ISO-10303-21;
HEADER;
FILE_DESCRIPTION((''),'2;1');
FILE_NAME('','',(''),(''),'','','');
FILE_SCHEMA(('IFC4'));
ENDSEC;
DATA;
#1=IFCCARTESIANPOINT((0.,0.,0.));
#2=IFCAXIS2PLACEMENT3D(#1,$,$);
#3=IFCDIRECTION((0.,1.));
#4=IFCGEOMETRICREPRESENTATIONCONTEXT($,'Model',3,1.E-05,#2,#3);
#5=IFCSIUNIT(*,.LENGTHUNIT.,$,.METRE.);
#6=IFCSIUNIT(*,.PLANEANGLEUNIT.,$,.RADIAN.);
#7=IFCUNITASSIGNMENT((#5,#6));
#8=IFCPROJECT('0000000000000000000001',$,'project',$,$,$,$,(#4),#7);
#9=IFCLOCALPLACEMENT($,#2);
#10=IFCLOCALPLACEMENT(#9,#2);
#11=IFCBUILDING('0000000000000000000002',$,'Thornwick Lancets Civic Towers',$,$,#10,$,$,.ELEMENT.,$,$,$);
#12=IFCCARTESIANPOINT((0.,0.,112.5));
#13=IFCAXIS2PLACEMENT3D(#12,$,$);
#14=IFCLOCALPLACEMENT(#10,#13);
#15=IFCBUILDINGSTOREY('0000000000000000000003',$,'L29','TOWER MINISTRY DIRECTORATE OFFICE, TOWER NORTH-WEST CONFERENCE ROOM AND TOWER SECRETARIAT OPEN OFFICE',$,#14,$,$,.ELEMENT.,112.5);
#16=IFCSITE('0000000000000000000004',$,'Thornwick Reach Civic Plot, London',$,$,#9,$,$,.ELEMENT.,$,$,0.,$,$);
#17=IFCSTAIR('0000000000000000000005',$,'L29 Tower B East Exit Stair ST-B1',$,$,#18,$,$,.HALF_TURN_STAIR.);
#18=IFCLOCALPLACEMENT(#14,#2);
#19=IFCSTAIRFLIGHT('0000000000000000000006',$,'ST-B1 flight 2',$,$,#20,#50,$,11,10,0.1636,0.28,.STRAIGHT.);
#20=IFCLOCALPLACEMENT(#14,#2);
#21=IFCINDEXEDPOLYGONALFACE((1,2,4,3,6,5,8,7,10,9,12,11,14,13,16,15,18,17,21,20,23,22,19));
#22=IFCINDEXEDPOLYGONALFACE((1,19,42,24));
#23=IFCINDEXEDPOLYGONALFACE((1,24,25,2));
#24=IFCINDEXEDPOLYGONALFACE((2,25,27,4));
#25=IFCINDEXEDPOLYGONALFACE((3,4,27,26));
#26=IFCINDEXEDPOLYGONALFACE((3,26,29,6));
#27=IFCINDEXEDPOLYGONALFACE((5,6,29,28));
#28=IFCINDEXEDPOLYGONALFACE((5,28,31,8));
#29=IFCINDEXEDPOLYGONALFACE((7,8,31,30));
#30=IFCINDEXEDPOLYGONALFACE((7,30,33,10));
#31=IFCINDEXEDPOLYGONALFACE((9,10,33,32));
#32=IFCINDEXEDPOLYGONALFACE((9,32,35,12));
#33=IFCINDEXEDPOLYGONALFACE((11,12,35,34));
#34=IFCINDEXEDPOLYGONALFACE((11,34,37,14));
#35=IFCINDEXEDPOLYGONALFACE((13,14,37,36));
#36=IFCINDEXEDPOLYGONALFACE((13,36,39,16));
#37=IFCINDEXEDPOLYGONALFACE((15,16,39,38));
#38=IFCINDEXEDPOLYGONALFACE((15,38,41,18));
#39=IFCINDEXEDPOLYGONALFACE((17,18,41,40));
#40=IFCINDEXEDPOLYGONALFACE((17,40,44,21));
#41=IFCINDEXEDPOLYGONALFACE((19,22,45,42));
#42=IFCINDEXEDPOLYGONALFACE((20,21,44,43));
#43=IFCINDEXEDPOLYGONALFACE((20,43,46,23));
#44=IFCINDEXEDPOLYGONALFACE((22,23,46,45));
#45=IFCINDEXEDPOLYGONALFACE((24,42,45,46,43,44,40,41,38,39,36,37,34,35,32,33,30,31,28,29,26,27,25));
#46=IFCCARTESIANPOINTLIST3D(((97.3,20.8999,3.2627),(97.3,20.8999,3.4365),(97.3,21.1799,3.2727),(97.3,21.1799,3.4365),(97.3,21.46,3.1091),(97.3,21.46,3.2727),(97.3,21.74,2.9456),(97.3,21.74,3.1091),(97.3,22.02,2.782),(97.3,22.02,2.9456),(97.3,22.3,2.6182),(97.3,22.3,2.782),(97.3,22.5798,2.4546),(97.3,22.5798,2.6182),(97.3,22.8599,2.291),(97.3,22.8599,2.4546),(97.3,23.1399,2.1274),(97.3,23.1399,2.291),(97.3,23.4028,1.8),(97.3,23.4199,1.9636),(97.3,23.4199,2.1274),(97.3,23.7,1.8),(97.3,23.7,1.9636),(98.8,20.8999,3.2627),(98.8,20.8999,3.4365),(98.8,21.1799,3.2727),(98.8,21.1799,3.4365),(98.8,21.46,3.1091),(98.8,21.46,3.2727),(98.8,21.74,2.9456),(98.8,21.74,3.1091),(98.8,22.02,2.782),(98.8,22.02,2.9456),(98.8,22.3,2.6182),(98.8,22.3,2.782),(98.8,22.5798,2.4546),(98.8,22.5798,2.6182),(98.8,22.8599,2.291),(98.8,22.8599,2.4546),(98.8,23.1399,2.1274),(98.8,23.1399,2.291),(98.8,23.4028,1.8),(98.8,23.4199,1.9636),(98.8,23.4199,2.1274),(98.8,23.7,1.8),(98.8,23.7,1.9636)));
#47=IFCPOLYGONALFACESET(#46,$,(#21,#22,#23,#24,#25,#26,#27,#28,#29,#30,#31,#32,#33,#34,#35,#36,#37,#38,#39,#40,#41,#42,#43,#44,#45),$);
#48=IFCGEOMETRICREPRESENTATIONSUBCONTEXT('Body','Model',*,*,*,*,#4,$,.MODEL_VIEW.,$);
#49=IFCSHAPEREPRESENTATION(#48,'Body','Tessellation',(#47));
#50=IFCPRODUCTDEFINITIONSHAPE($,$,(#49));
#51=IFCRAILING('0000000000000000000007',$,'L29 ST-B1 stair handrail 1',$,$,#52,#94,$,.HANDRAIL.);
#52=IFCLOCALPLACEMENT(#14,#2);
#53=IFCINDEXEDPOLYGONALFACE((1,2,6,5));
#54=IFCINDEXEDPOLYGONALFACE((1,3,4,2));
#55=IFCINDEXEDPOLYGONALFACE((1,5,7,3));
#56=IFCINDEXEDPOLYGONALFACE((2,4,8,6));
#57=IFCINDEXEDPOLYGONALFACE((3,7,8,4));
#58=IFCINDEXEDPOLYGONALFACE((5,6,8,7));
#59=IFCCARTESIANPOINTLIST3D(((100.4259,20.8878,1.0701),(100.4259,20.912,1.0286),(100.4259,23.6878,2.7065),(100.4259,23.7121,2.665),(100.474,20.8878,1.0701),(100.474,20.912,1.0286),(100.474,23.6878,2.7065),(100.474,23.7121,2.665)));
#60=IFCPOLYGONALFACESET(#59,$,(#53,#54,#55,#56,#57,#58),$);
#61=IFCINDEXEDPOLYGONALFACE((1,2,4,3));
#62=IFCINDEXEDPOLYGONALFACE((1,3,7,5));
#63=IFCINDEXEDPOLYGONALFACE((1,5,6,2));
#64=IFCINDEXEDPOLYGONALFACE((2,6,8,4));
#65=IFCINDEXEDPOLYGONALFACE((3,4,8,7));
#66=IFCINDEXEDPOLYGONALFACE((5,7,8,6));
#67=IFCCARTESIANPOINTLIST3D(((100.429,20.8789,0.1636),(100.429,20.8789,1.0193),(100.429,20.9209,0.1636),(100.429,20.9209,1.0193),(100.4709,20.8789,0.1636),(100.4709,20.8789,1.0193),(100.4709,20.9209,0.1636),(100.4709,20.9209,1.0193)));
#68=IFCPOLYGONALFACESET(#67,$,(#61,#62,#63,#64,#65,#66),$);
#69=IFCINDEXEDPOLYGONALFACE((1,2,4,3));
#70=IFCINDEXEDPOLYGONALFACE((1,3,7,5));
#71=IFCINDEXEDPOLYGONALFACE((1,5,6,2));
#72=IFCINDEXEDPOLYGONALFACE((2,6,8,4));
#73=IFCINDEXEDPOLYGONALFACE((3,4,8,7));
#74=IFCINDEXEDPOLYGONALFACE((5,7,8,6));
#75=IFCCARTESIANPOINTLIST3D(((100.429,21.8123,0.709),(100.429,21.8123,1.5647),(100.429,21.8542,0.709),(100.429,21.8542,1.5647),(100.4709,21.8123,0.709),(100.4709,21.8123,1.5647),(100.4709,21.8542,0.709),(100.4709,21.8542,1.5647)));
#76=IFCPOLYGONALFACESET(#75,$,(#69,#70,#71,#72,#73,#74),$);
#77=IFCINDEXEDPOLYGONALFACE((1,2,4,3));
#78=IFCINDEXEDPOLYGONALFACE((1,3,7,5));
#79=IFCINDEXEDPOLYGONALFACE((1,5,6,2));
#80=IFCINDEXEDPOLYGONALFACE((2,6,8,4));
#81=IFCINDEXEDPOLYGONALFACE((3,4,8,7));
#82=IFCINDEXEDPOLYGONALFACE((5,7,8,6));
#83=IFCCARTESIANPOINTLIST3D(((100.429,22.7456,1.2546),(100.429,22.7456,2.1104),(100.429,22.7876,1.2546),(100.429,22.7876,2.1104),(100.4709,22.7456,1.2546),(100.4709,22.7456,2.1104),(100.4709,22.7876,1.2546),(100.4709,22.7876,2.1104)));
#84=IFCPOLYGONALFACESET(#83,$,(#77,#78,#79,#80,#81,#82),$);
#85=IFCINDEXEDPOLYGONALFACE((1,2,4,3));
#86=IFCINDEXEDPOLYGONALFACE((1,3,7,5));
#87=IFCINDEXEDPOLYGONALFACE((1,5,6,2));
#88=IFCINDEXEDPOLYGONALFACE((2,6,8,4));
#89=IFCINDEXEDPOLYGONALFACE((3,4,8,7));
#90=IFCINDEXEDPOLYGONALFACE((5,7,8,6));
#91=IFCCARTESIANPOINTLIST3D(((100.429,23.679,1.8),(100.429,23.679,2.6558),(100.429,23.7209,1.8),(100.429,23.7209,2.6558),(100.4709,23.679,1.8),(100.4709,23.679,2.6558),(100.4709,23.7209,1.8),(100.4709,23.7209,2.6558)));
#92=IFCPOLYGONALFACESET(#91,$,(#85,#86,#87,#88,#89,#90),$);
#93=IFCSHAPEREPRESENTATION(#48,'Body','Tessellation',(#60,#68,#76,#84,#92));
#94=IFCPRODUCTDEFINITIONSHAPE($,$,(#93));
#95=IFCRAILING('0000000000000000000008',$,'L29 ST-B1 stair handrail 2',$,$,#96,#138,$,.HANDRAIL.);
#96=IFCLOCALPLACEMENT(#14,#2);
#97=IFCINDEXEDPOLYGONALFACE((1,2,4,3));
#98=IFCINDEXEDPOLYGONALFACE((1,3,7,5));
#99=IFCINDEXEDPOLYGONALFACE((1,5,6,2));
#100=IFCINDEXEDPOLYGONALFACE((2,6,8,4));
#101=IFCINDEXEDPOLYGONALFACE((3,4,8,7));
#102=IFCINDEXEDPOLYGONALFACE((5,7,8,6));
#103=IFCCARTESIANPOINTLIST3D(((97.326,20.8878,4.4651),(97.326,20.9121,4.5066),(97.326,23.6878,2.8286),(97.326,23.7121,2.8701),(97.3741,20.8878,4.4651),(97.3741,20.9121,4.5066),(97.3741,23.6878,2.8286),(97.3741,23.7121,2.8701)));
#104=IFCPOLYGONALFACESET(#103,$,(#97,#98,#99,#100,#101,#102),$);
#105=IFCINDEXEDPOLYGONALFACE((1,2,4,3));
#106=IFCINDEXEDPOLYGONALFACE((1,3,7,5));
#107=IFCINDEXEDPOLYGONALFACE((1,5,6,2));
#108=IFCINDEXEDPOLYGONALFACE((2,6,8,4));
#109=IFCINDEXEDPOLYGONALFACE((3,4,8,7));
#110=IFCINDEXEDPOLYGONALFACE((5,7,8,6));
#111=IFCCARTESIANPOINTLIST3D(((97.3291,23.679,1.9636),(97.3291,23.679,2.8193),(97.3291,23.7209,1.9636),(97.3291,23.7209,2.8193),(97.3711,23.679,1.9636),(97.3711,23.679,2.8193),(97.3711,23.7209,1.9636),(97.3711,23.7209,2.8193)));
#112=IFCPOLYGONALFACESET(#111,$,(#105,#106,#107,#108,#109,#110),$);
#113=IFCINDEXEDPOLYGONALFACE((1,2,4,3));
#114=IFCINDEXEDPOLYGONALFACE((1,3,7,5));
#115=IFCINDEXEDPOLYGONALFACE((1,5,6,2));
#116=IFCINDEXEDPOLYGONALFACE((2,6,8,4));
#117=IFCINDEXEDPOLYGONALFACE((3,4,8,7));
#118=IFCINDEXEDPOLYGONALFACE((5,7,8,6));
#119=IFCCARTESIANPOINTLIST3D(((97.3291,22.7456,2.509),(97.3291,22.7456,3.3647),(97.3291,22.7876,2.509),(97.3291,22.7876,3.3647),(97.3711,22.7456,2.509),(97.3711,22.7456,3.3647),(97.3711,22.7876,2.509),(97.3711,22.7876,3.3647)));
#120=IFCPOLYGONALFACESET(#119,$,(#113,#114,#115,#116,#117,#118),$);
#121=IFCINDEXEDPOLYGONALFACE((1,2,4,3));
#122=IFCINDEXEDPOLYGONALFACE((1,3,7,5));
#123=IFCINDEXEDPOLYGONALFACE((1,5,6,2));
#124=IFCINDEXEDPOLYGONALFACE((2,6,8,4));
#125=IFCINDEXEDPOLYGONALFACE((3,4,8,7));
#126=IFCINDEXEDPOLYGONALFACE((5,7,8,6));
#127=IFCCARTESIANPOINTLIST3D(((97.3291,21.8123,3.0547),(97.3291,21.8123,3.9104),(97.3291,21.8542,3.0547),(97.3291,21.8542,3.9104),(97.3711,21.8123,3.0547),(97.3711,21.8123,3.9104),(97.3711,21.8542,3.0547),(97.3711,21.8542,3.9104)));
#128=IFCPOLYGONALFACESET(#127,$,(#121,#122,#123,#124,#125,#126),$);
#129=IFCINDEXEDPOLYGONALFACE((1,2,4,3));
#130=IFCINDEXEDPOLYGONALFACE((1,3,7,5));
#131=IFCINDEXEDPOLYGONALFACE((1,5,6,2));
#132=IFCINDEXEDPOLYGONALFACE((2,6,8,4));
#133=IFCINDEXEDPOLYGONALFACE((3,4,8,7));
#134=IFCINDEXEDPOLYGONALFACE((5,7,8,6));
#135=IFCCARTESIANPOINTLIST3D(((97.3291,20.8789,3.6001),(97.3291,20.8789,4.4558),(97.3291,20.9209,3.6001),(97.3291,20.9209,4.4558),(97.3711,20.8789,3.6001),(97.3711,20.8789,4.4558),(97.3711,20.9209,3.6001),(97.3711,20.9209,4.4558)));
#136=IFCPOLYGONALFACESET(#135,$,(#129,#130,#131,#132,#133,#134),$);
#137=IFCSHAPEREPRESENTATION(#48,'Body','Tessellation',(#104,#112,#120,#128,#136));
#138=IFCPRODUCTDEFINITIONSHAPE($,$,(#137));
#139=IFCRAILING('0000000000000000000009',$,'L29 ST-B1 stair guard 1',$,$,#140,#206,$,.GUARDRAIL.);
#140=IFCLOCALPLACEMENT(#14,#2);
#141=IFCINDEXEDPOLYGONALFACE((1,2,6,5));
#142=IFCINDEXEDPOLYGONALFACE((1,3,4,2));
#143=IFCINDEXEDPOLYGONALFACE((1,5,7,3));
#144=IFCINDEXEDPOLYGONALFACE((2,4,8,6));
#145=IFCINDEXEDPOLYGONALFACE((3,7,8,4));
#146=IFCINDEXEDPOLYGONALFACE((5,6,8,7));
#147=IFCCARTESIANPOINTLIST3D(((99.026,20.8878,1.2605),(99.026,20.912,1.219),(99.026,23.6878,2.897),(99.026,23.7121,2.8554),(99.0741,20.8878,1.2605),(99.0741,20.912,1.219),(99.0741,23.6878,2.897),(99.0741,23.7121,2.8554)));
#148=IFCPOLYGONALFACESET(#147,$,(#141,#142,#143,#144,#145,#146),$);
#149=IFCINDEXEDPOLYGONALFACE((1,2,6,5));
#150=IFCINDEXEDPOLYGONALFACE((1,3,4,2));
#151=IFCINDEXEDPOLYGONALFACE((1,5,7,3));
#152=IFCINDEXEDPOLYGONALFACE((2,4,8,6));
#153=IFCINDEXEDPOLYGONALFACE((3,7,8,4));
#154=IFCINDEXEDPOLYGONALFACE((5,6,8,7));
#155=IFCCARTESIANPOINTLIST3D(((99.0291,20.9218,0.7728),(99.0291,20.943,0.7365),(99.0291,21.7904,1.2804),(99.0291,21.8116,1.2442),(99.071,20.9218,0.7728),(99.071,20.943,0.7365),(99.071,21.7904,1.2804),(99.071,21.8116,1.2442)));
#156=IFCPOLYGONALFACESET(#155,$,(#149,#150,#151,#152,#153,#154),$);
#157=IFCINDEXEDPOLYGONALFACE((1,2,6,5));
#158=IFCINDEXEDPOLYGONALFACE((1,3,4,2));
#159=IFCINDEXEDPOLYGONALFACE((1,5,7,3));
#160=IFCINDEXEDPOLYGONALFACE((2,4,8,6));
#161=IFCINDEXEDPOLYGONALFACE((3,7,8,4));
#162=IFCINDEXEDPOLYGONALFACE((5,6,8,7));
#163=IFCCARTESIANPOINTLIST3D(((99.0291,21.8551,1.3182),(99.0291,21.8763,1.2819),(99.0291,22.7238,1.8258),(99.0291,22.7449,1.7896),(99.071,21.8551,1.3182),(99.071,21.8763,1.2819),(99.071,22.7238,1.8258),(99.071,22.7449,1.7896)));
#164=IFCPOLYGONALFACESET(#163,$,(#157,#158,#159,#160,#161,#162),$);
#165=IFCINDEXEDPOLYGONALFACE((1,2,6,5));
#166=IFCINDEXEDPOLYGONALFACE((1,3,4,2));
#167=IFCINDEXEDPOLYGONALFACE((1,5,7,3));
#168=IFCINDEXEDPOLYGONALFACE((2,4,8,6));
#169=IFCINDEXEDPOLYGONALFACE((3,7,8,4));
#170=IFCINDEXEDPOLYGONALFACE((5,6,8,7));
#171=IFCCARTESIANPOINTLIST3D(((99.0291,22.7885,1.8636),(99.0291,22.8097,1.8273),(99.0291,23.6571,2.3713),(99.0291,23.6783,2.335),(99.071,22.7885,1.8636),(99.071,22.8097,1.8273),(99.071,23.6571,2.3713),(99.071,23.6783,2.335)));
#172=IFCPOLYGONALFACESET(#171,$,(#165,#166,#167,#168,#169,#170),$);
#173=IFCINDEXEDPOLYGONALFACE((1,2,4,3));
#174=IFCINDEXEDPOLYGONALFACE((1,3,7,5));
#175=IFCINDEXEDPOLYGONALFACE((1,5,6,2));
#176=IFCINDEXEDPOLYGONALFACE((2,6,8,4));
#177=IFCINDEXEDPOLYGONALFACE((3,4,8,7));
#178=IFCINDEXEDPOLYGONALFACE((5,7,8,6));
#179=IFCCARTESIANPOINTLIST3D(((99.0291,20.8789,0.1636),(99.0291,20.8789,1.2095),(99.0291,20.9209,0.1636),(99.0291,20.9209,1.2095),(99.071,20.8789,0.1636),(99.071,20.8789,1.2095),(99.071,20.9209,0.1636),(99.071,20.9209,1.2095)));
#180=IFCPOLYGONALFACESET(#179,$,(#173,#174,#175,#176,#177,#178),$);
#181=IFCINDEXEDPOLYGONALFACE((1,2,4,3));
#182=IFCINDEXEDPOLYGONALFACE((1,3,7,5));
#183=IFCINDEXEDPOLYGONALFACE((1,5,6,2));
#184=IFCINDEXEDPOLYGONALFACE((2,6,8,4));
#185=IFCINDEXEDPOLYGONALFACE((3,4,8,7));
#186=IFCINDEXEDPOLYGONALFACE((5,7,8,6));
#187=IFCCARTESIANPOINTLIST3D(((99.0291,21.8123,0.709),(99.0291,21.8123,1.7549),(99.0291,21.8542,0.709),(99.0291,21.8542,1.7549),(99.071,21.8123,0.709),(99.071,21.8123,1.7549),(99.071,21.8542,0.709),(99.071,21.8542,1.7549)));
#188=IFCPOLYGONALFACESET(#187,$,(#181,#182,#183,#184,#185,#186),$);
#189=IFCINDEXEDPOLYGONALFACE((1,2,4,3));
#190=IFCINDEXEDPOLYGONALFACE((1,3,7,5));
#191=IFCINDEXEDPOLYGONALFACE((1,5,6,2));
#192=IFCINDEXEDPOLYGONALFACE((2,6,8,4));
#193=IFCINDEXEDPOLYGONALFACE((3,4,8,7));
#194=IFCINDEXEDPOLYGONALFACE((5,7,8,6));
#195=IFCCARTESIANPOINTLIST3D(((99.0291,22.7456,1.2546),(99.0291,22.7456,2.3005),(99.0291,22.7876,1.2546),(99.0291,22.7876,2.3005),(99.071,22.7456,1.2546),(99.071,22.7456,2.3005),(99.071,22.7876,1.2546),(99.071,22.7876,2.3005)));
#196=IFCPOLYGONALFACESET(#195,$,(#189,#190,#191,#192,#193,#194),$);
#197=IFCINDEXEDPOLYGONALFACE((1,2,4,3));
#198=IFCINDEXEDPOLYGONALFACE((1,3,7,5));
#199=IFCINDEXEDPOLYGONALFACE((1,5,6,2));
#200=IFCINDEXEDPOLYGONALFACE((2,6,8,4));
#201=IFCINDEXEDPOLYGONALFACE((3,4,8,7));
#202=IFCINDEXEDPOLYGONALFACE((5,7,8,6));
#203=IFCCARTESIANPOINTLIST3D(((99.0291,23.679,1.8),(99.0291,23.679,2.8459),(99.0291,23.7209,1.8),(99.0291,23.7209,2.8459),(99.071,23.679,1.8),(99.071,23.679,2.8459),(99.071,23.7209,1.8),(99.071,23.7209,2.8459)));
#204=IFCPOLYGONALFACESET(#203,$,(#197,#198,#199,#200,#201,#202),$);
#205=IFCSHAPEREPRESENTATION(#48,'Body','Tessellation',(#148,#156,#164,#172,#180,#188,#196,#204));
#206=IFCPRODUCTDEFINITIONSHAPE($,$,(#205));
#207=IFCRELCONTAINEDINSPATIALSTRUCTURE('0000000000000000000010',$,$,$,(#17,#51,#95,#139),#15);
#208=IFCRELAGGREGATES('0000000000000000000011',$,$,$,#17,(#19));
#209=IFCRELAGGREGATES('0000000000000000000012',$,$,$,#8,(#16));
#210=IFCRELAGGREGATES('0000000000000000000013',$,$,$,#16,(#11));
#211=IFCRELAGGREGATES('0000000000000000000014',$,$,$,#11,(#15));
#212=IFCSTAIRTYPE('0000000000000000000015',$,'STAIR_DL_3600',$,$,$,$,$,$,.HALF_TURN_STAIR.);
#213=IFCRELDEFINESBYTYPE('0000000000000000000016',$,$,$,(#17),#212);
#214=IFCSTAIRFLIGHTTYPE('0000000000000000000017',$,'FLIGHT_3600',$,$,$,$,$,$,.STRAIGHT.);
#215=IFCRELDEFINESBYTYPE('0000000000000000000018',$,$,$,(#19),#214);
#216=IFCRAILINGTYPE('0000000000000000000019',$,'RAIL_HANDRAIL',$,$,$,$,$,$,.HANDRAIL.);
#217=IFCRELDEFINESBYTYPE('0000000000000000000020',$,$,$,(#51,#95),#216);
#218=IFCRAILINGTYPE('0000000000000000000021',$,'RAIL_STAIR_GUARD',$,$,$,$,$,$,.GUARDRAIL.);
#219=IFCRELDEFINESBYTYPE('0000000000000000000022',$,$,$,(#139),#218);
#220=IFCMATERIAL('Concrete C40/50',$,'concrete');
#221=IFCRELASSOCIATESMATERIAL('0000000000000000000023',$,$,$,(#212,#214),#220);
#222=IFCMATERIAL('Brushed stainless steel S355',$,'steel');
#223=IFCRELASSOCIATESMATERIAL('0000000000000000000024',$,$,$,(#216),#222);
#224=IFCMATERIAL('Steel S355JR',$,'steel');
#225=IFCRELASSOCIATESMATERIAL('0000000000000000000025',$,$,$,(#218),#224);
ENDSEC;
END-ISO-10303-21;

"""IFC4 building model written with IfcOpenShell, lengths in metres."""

from ifc_helpers import new_model, si_unit, direction, frame, origin, origin_2d, place, context, subcontext, project, spatial, polyline, rectangle, outline, extrude, material, type_object, element, aggregate, save


model = new_model("IFC4")

# Units and contexts
model_context = context("Model", 3, precision=1e-05, world=origin(), true_north=direction((0.0, 1.0)))
body_context = subcontext(model_context, "Body", "Model", "MODEL_VIEW")
ifc_project = project(units=[si_unit("LENGTHUNIT", "METRE"), si_unit("PLANEANGLEUNIT", "RADIAN")], contexts=[model_context])

# Site, building, storey
site_placement = place(None, origin())
site = spatial("IfcSite", under=ifc_project, at=site_placement, Name="Thornwick Reach Civic Plot, London", CompositionType="ELEMENT", RefElevation=0.0)
building_placement = place(site_placement, origin())
building = spatial("IfcBuilding", under=site, at=building_placement, Name="Thornwick Lancets Civic Towers", CompositionType="ELEMENT")
storey_placement = place(building_placement, frame((0.0, 0.0, 112.5)))
storey = spatial("IfcBuildingStorey", under=building, at=storey_placement, Name="L29", Description="TOWER MINISTRY DIRECTORATE OFFICE, TOWER NORTH-WEST CONFERENCE ROOM AND TOWER SECRETARIAT OPEN OFFICE", CompositionType="ELEMENT", Elevation=112.5)

# Shared definitions
ifc_material_1 = material(Name="Concrete C40/50", Category="concrete")

# Stair, stair flight
stair_type = type_object("IfcStairType", Name="STAIR_DL_3600", PredefinedType="HALF_TURN_STAIR", material=ifc_material_1)
stair_placement = place(storey_placement, origin())
stair = element("IfcStair", 1, at=stair_placement, inside=storey, type_object=stair_type, Name="L29 Tower B East Exit Stair ST-B1", PredefinedType="HALF_TURN_STAIR")
stair_flight_type = type_object("IfcStairFlightType", Name="FLIGHT_3600", PredefinedType="STRAIGHT", material=ifc_material_1)
stair_flight_1_placement = place(storey_placement, frame((98.05, 23.7, 1.8), z_axis=(0.0, 0.0, 1.0), x_axis=(0.0, -1.0, 0.0)))
stair_flight_1 = element("IfcStairFlight", 2, at=stair_flight_1_placement, type_object=stair_flight_type, Name="ST-B1 flight 2", NumberOfRisers=11, NumberOfTreads=10, PredefinedType="STRAIGHT", RiserHeight=0.1636, TreadLength=0.28, context=body_context, shape_type="SweptSolid", body=[
    extrude(outline(polyline([(0.0, 0.0), (0.0, 0.1636), (0.28, 0.1636), (0.28, 0.3274), (0.5601, 0.3274), (0.5601, 0.491), (0.8401, 0.491), (0.8401, 0.6545), (1.1201, 0.6545), (1.1201, 0.8181), (1.3999, 0.8181), (1.3999, 0.9819), (1.6799, 0.9819), (1.6799, 1.1455), (1.96, 1.1455), (1.96, 1.3091), (2.24, 1.3091), (2.24, 1.4727), (2.52, 1.4727), (2.52, 1.6365), (2.8, 1.6365), (2.8, 1.8), (2.8, 1.4626), (0.2971, 0.0), (0.0, 0.0)])), frame((0.0, 0.75, 0.0), z_axis=(0.0, -1.0, 0.0), x_axis=(1.0, 0.0, 0.0)), (0.0, 0.0, 1.0), 1.5),
])
aggregate(stair, [stair_flight_1])

# Railings
ifc_material_2 = material(Name="Brushed stainless steel S355", Category="steel")
railing_type_1 = type_object("IfcRailingType", Name="RAIL_HANDRAIL", PredefinedType="HANDRAIL", material=ifc_material_2)
railing_1_placement = place(storey_placement, frame((100.45, 20.8999, 0.1636)))
element("IfcRailing", 3, at=railing_1_placement, inside=storey, type_object=railing_type_1, Name="L29 ST-B1 stair handrail 1", PredefinedType="HANDRAIL", context=body_context, shape_type="SweptSolid", body=[
    extrude(rectangle(XDim=0.0481, YDim=0.0481, at=origin_2d()), frame((0.0, 0.0, 0.8857), z_axis=(0.0, 0.863361, 0.504587), x_axis=(-1.0, 0.0, 0.0)), (0.0, 0.0, 1.0), 3.2432),
    extrude(rectangle(XDim=0.042, YDim=0.042, at=origin_2d()), origin(), (0.0, 0.0, 1.0), 0.8557),
    extrude(rectangle(XDim=0.042, YDim=0.042, at=origin_2d()), frame((0.0, 0.9333, 0.5454)), (0.0, 0.0, 1.0), 0.8557),
    extrude(rectangle(XDim=0.042, YDim=0.042, at=origin_2d()), frame((0.0, 1.8667, 1.0911)), (0.0, 0.0, 1.0), 0.8557),
    extrude(rectangle(XDim=0.042, YDim=0.042, at=origin_2d()), frame((0.0, 2.8, 1.6365)), (0.0, 0.0, 1.0), 0.8557),
])
railing_2_placement = place(storey_placement, frame((97.3501, 23.7, 1.9636)))
element("IfcRailing", 4, at=railing_2_placement, inside=storey, type_object=railing_type_1, Name="L29 ST-B1 stair handrail 2", PredefinedType="HANDRAIL", context=body_context, shape_type="SweptSolid", body=[
    extrude(rectangle(XDim=0.0481, YDim=0.0481, at=origin_2d()), frame((0.0, 0.0, 0.8857), z_axis=(0.0, -0.863361, 0.504587), x_axis=(1.0, 0.0, 0.0)), (0.0, 0.0, 1.0), 3.2432),
    extrude(rectangle(XDim=0.042, YDim=0.042, at=origin_2d()), origin(), (0.0, 0.0, 1.0), 0.8557),
    extrude(rectangle(XDim=0.042, YDim=0.042, at=origin_2d()), frame((0.0, -0.9333, 0.5454)), (0.0, 0.0, 1.0), 0.8557),
    extrude(rectangle(XDim=0.042, YDim=0.042, at=origin_2d()), frame((0.0, -1.8667, 1.0911)), (0.0, 0.0, 1.0), 0.8557),
    extrude(rectangle(XDim=0.042, YDim=0.042, at=origin_2d()), frame((0.0, -2.8, 1.6365)), (0.0, 0.0, 1.0), 0.8557),
])
ifc_material_3 = material(Name="Steel S355JR", Category="steel")
railing_type_2 = type_object("IfcRailingType", Name="RAIL_STAIR_GUARD", PredefinedType="GUARDRAIL", material=ifc_material_3)
railing_3_placement = place(storey_placement, frame((99.05, 20.8999, 0.1636)))
element("IfcRailing", 5, at=railing_3_placement, inside=storey, type_object=railing_type_2, Name="L29 ST-B1 stair guard 1", PredefinedType="GUARDRAIL", context=body_context, shape_type="SweptSolid", body=[
    extrude(rectangle(XDim=0.0481, YDim=0.0481, at=origin_2d()), frame((0.0, 0.0, 1.0762), z_axis=(0.0, 0.863361, 0.504587), x_axis=(-1.0, 0.0, 0.0)), (0.0, 0.0, 1.0), 3.2432),
    extrude(rectangle(XDim=0.042, YDim=0.042, at=origin_2d()), frame((0.0, 0.0325, 0.5911), z_axis=(0.0, 0.863361, 0.504587), x_axis=(-1.0, 0.0, 0.0)), (0.0, 0.0, 1.0), 1.0061),
    extrude(rectangle(XDim=0.042, YDim=0.042, at=origin_2d()), frame((0.0, 0.9658, 1.1365), z_axis=(0.0, 0.863361, 0.504587), x_axis=(-1.0, 0.0, 0.0)), (0.0, 0.0, 1.0), 1.0061),
    extrude(rectangle(XDim=0.042, YDim=0.042, at=origin_2d()), frame((0.0, 1.8992, 1.6819), z_axis=(0.0, 0.863361, 0.504587), x_axis=(-1.0, 0.0, 0.0)), (0.0, 0.0, 1.0), 1.0061),
    extrude(rectangle(XDim=0.042, YDim=0.042, at=origin_2d()), origin(), (0.0, 0.0, 1.0), 1.0459),
    extrude(rectangle(XDim=0.042, YDim=0.042, at=origin_2d()), frame((0.0, 0.9333, 0.5454)), (0.0, 0.0, 1.0), 1.0459),
    extrude(rectangle(XDim=0.042, YDim=0.042, at=origin_2d()), frame((0.0, 1.8667, 1.0911)), (0.0, 0.0, 1.0), 1.0459),
    extrude(rectangle(XDim=0.042, YDim=0.042, at=origin_2d()), frame((0.0, 2.8, 1.6365)), (0.0, 0.0, 1.0), 1.0459),
])

save(model, "model.ifc")
